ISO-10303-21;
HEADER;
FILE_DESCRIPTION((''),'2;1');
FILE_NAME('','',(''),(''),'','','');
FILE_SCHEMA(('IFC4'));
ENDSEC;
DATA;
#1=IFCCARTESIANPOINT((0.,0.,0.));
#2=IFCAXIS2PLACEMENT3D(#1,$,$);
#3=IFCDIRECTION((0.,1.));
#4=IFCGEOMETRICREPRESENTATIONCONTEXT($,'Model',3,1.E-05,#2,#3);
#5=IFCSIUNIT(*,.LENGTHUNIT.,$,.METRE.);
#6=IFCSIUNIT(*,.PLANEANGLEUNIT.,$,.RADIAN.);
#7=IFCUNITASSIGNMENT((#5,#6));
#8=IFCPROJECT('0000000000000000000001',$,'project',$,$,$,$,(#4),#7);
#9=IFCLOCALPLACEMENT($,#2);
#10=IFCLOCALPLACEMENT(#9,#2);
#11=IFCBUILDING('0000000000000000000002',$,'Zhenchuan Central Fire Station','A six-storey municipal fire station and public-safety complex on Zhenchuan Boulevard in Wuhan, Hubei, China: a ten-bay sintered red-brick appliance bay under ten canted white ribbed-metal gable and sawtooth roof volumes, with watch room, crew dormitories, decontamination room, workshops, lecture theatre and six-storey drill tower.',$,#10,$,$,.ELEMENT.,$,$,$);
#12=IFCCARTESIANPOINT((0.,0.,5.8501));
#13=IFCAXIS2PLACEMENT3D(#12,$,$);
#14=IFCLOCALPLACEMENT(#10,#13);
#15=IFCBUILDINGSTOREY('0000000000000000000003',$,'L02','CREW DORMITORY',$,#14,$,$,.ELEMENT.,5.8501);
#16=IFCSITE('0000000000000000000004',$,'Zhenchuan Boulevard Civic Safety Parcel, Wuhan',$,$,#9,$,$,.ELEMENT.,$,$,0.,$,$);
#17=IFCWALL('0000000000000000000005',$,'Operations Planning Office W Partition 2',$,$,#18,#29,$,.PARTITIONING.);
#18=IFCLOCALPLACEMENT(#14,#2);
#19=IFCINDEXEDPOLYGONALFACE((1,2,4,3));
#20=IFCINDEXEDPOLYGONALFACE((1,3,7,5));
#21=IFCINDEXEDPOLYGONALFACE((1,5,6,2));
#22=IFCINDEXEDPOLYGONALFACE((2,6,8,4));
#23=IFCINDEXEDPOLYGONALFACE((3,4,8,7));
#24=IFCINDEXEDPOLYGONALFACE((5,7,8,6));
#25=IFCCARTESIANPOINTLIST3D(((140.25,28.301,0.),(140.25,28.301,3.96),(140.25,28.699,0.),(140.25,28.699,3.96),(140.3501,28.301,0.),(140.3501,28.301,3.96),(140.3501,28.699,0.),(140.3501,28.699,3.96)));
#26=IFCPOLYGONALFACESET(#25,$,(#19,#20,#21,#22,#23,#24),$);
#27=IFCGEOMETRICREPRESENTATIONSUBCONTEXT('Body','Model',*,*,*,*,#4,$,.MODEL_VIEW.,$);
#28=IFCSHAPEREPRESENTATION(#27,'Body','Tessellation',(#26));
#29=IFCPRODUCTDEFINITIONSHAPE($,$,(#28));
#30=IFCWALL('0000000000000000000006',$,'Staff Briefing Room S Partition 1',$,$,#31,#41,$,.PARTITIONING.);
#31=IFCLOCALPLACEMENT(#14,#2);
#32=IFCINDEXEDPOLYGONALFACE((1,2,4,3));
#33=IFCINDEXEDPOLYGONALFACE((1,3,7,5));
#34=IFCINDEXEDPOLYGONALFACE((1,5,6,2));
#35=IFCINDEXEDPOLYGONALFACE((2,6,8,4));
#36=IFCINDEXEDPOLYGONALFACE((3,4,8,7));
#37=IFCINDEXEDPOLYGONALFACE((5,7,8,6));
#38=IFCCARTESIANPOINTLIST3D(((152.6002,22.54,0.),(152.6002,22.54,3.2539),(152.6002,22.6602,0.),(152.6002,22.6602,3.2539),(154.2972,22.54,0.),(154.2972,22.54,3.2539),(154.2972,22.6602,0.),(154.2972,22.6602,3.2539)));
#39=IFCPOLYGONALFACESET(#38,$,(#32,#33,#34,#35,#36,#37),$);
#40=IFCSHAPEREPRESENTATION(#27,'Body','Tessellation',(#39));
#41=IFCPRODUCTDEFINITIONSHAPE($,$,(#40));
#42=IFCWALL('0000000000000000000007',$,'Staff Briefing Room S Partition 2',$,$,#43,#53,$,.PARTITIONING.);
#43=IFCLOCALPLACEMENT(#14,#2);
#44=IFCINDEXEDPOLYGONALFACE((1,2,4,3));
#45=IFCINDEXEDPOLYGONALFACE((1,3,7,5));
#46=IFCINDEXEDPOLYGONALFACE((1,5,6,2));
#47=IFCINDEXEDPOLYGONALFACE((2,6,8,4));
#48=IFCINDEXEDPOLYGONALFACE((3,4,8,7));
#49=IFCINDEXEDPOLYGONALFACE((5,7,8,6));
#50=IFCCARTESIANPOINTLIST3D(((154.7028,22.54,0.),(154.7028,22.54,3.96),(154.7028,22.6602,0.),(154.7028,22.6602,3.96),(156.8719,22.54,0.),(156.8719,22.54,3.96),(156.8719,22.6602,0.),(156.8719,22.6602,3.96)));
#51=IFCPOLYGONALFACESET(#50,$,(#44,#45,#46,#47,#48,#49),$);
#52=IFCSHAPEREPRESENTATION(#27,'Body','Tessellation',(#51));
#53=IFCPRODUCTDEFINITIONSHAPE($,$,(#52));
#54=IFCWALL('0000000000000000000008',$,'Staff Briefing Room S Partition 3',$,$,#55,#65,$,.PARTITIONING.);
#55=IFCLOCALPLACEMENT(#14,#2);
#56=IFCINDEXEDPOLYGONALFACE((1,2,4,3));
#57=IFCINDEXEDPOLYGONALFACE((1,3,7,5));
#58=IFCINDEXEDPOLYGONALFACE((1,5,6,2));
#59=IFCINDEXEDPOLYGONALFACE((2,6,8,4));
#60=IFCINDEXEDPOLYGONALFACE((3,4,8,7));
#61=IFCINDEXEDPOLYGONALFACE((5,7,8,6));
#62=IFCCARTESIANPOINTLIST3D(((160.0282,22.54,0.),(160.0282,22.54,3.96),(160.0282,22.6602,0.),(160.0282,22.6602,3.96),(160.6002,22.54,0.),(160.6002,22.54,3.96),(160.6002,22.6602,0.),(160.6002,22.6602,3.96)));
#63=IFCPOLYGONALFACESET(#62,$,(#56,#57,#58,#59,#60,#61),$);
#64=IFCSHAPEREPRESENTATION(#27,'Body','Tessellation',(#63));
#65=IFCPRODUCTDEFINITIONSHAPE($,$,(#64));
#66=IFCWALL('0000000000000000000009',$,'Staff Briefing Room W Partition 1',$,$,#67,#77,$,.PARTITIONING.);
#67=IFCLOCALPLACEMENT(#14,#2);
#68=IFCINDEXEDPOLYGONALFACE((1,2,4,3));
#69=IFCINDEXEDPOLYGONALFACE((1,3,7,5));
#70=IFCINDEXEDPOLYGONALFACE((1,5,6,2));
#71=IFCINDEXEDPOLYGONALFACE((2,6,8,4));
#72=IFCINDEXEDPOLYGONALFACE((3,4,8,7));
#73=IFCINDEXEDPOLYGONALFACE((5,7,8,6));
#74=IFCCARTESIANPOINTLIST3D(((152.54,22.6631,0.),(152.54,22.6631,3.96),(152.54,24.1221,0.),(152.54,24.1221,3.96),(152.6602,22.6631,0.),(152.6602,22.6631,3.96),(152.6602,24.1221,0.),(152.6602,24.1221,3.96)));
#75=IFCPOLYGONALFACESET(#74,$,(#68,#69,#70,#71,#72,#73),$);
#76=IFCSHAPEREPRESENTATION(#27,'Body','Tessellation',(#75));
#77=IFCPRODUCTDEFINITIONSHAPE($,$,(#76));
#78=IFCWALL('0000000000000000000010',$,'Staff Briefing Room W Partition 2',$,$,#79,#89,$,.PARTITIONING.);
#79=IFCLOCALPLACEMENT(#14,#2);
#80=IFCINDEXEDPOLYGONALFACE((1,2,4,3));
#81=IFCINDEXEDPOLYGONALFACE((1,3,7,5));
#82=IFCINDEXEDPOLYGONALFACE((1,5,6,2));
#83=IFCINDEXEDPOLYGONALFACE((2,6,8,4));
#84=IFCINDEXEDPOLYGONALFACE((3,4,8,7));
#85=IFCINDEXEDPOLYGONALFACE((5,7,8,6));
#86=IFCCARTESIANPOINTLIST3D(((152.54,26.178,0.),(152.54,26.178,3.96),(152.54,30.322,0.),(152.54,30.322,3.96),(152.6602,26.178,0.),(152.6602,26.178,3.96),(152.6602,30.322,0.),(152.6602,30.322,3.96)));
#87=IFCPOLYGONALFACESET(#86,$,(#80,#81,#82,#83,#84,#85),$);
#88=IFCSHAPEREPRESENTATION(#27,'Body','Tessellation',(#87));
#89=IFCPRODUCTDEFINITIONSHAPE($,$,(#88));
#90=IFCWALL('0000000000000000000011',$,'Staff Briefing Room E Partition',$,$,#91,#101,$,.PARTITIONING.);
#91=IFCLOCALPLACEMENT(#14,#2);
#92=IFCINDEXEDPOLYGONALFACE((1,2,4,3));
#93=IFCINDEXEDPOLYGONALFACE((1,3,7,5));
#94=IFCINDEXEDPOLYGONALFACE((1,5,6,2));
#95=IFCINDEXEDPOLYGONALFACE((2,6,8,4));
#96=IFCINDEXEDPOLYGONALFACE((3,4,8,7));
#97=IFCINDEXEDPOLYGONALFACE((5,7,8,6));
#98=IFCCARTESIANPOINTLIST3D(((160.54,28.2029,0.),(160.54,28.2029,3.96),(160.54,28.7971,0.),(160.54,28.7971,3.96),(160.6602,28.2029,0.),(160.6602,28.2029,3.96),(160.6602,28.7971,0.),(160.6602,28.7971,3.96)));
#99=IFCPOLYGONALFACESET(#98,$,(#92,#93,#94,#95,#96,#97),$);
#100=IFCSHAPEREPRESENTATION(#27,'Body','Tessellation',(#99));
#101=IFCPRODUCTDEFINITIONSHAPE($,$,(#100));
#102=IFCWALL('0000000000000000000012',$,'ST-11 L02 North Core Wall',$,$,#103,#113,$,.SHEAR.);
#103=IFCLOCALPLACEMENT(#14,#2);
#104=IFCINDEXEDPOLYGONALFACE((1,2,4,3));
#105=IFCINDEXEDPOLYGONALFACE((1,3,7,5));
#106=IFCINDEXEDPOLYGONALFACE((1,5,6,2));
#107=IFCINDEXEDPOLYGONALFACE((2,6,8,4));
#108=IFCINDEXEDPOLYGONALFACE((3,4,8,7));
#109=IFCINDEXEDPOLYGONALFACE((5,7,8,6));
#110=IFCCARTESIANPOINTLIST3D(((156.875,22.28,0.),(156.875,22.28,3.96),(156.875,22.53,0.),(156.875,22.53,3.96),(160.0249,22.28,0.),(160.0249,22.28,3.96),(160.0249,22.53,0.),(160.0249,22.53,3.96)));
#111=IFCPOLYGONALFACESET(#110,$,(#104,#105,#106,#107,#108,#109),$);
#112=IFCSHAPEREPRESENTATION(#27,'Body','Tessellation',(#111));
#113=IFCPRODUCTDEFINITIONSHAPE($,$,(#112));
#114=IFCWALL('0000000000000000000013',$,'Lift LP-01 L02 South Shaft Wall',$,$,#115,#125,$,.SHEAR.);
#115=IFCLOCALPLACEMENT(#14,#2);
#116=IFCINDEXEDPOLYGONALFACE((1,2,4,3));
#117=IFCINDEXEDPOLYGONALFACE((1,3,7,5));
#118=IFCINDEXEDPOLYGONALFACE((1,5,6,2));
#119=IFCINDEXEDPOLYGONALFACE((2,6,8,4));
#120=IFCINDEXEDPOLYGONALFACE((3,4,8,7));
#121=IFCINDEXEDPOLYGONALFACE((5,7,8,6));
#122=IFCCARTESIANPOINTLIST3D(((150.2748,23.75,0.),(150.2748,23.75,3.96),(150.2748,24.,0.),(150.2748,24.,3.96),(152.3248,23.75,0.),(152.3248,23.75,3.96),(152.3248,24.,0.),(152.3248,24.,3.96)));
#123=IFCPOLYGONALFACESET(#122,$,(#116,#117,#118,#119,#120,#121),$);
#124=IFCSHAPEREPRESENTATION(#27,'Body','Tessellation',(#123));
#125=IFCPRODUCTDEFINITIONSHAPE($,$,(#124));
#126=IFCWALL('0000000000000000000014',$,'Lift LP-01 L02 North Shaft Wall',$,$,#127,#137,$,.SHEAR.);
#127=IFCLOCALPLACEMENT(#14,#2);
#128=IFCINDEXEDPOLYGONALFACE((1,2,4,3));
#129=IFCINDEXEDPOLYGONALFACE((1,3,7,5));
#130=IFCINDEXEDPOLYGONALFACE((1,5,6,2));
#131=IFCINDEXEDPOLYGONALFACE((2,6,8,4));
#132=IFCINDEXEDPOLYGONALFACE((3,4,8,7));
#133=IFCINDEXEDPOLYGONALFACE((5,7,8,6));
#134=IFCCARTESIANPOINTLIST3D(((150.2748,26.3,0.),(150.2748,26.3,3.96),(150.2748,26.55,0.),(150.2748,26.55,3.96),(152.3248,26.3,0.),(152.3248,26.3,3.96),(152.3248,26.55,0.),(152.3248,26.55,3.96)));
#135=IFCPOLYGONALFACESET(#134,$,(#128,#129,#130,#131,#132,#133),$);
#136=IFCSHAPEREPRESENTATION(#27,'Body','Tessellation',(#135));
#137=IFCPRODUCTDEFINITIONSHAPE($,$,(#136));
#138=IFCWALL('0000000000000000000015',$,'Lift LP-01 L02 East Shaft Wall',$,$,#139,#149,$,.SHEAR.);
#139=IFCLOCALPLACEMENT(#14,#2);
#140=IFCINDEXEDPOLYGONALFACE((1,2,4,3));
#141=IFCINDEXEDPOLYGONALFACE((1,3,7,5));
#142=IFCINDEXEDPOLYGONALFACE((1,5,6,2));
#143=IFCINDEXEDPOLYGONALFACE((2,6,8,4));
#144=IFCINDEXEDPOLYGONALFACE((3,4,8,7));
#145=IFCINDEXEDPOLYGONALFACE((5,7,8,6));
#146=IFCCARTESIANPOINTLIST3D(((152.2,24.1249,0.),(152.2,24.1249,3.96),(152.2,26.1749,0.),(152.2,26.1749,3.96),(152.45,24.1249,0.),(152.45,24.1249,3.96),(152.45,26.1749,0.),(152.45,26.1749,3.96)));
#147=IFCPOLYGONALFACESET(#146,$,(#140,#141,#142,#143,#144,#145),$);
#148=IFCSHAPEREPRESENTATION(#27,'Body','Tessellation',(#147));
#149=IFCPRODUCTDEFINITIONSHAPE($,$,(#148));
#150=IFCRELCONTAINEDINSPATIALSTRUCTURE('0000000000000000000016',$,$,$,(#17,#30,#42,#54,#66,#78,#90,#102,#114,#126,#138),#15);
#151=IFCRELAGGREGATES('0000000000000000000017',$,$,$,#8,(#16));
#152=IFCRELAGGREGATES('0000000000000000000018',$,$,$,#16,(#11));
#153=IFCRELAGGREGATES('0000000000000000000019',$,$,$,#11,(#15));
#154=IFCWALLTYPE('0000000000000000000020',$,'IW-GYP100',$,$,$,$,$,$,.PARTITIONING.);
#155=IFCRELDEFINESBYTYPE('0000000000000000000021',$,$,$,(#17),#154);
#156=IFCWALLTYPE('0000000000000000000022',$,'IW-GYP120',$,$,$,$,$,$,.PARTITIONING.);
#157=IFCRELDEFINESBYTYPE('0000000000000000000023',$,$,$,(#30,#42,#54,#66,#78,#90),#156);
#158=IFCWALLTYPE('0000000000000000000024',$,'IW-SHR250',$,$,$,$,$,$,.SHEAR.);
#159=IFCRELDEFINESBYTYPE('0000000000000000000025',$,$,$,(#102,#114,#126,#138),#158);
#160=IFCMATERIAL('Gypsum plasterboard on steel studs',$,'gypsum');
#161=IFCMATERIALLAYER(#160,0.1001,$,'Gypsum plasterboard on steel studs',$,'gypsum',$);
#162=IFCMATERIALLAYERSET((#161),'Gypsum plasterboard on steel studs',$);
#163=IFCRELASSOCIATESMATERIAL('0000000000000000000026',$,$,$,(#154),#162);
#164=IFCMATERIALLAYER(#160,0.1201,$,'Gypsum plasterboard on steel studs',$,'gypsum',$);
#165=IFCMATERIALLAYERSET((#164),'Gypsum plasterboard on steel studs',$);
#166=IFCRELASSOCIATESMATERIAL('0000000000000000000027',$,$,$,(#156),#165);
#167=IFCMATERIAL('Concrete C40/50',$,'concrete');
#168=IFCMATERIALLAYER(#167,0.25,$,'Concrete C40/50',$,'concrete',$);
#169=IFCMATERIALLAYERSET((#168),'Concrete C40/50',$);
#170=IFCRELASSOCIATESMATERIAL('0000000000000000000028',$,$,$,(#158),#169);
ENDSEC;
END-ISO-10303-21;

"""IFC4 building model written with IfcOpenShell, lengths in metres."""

from ifc_helpers import new_model, si_unit, direction, frame, frame_2d, origin, place, context, subcontext, project, spatial, rectangle, extrude, material, layer, layer_set, type_object, element, save


model = new_model("IFC4")

# Units and contexts
model_context = context("Model", 3, precision=1e-05, world=origin(), true_north=direction((0.0, 1.0)))
body_context = subcontext(model_context, "Body", "Model", "MODEL_VIEW")
ifc_project = project(units=[si_unit("LENGTHUNIT", "METRE"), si_unit("PLANEANGLEUNIT", "RADIAN")], contexts=[model_context])

# Site, building, storey
site_placement = place(None, origin())
site = spatial("IfcSite", under=ifc_project, at=site_placement, Name="Zhenchuan Boulevard Civic Safety Parcel, Wuhan", CompositionType="ELEMENT", RefElevation=0.0)
building_placement = place(site_placement, origin())
building = spatial("IfcBuilding", under=site, at=building_placement, Name="Zhenchuan Central Fire Station", Description="A six-storey municipal fire station and public-safety complex on Zhenchuan Boulevard in Wuhan, Hubei, China: a ten-bay sintered red-brick appliance bay under ten canted white ribbed-metal gable and sawtooth roof volumes, with watch room, crew dormitories, decontamination room, workshops, lecture theatre and six-storey drill tower.", CompositionType="ELEMENT")
storey_placement = place(building_placement, frame((0.0, 0.0, 5.8501)))
storey = spatial("IfcBuildingStorey", under=building, at=storey_placement, Name="L02", Description="CREW DORMITORY", CompositionType="ELEMENT", Elevation=5.8501)

# Walls
ifc_material_1 = material(Name="Gypsum plasterboard on steel studs", Category="gypsum")
ifc_layer_1 = layer(ifc_material_1, 0.1001, Name="Gypsum plasterboard on steel studs", Category="gypsum")
ifc_layer_set_1 = layer_set([ifc_layer_1], Name="Gypsum plasterboard on steel studs")
wall_type_1 = type_object("IfcWallType", Name="IW-GYP100", PredefinedType="PARTITIONING", material=ifc_layer_set_1)
wall_1_placement = place(storey_placement, frame((140.3, 28.301, 0.0), z_axis=(0.0, 0.0, 1.0), x_axis=(0.0, 1.0, 0.0)))
element("IfcWall", 1, at=wall_1_placement, inside=storey, type_object=wall_type_1, Name="Operations Planning Office W Partition 2", PredefinedType="PARTITIONING", context=body_context, shape_type="SweptSolid", body=[
    extrude(rectangle(XDim=0.3979, YDim=0.1001, at=frame_2d((0.199, 0.0))), origin(), (0.0, 0.0, 1.0), 3.96),
])
ifc_layer_2 = layer(ifc_material_1, 0.1201, Name="Gypsum plasterboard on steel studs", Category="gypsum")
ifc_layer_set_2 = layer_set([ifc_layer_2], Name="Gypsum plasterboard on steel studs")
wall_type_2 = type_object("IfcWallType", Name="IW-GYP120", PredefinedType="PARTITIONING", material=ifc_layer_set_2)
wall_2_placement = place(storey_placement, frame((152.6001, 22.6001, 0.0), z_axis=(0.0, 0.0, 1.0), x_axis=(1.0, 0.0, 0.0)))
element("IfcWall", 2, at=wall_2_placement, inside=storey, type_object=wall_type_2, Name="Staff Briefing Room S Partition 1", PredefinedType="PARTITIONING", context=body_context, shape_type="SweptSolid", body=[
    extrude(rectangle(XDim=1.697, YDim=0.1201, at=frame_2d((0.8486, 0.0))), origin(), (0.0, 0.0, 1.0), 3.2539),
])
wall_3_placement = place(storey_placement, frame((154.7029, 22.6001, 0.0), z_axis=(0.0, 0.0, 1.0), x_axis=(1.0, 0.0, 0.0)))
element("IfcWall", 3, at=wall_3_placement, inside=storey, type_object=wall_type_2, Name="Staff Briefing Room S Partition 2", PredefinedType="PARTITIONING", context=body_context, shape_type="SweptSolid", body=[
    extrude(rectangle(XDim=2.1692, YDim=0.1201, at=frame_2d((1.0845, 0.0))), origin(), (0.0, 0.0, 1.0), 3.96),
])
wall_4_placement = place(storey_placement, frame((160.0281, 22.6001, 0.0), z_axis=(0.0, 0.0, 1.0), x_axis=(1.0, 0.0, 0.0)))
element("IfcWall", 4, at=wall_4_placement, inside=storey, type_object=wall_type_2, Name="Staff Briefing Room S Partition 3", PredefinedType="PARTITIONING", context=body_context, shape_type="SweptSolid", body=[
    extrude(rectangle(XDim=0.572, YDim=0.1201, at=frame_2d((0.2861, 0.0))), origin(), (0.0, 0.0, 1.0), 3.96),
])
wall_5_placement = place(storey_placement, frame((152.6001, 22.6631, 0.0), z_axis=(0.0, 0.0, 1.0), x_axis=(0.0, 1.0, 0.0)))
element("IfcWall", 5, at=wall_5_placement, inside=storey, type_object=wall_type_2, Name="Staff Briefing Room W Partition 1", PredefinedType="PARTITIONING", context=body_context, shape_type="SweptSolid", body=[
    extrude(rectangle(XDim=1.459, YDim=0.1201, at=frame_2d((0.7295, 0.0))), origin(), (0.0, 0.0, 1.0), 3.96),
])
wall_6_placement = place(storey_placement, frame((152.6001, 26.178, 0.0), z_axis=(0.0, 0.0, 1.0), x_axis=(0.0, 1.0, 0.0)))
element("IfcWall", 6, at=wall_6_placement, inside=storey, type_object=wall_type_2, Name="Staff Briefing Room W Partition 2", PredefinedType="PARTITIONING", context=body_context, shape_type="SweptSolid", body=[
    extrude(rectangle(XDim=4.144, YDim=0.1201, at=frame_2d((2.072, 0.0))), origin(), (0.0, 0.0, 1.0), 3.96),
])
wall_7_placement = place(storey_placement, frame((160.6001, 28.2029, 0.0), z_axis=(0.0, 0.0, 1.0), x_axis=(0.0, 1.0, 0.0)))
element("IfcWall", 7, at=wall_7_placement, inside=storey, type_object=wall_type_2, Name="Staff Briefing Room E Partition", PredefinedType="PARTITIONING", context=body_context, shape_type="SweptSolid", body=[
    extrude(rectangle(XDim=0.5942, YDim=0.1201, at=frame_2d((0.2971, 0.0))), origin(), (0.0, 0.0, 1.0), 3.96),
])
ifc_material_2 = material(Name="Concrete C40/50", Category="concrete")
ifc_layer_3 = layer(ifc_material_2, 0.25, Name="Concrete C40/50", Category="concrete")
ifc_layer_set_3 = layer_set([ifc_layer_3], Name="Concrete C40/50")
wall_type_3 = type_object("IfcWallType", Name="IW-SHR250", PredefinedType="SHEAR", material=ifc_layer_set_3)
wall_8_placement = place(storey_placement, frame((156.875, 22.405, 0.0), z_axis=(0.0, 0.0, 1.0), x_axis=(1.0, 0.0, 0.0)))
element("IfcWall", 8, at=wall_8_placement, inside=storey, type_object=wall_type_3, Name="ST-11 L02 North Core Wall", PredefinedType="SHEAR", context=body_context, shape_type="SweptSolid", body=[
    extrude(rectangle(XDim=3.1499, YDim=0.25, at=frame_2d((1.575, 0.0))), origin(), (0.0, 0.0, 1.0), 3.96),
])
for number, where, z_axis, x_axis, name in (
    (9, (150.2749, 23.875, 0.0), (0.0, 0.0, 1.0), (1.0, 0.0, 0.0), "Lift LP-01 L02 South Shaft Wall"),
    (10, (150.2749, 26.425, 0.0), (0.0, 0.0, 1.0), (1.0, 0.0, 0.0), "Lift LP-01 L02 North Shaft Wall"),
):
    element("IfcWall", number, at=place(storey_placement, frame(where, z_axis=z_axis, x_axis=x_axis)), inside=storey, type_object=wall_type_3, Name=name, PredefinedType="SHEAR", context=body_context, shape_type="SweptSolid", body=[
        extrude(rectangle(XDim=2.05, YDim=0.25, at=frame_2d((1.0249, 0.0))), origin(), (0.0, 0.0, 1.0), 3.96),
    ])

# Wall
wall_9_placement = place(storey_placement, frame((152.325, 24.125, 0.0), z_axis=(0.0, 0.0, 1.0), x_axis=(0.0, 1.0, 0.0)))
element("IfcWall", 11, at=wall_9_placement, inside=storey, type_object=wall_type_3, Name="Lift LP-01 L02 East Shaft Wall", PredefinedType="SHEAR", context=body_context, shape_type="SweptSolid", body=[
    extrude(rectangle(XDim=2.05, YDim=0.25, at=frame_2d((1.0249, 0.0))), origin(), (0.0, 0.0, 1.0), 3.96),
])

save(model, "model.ifc")
